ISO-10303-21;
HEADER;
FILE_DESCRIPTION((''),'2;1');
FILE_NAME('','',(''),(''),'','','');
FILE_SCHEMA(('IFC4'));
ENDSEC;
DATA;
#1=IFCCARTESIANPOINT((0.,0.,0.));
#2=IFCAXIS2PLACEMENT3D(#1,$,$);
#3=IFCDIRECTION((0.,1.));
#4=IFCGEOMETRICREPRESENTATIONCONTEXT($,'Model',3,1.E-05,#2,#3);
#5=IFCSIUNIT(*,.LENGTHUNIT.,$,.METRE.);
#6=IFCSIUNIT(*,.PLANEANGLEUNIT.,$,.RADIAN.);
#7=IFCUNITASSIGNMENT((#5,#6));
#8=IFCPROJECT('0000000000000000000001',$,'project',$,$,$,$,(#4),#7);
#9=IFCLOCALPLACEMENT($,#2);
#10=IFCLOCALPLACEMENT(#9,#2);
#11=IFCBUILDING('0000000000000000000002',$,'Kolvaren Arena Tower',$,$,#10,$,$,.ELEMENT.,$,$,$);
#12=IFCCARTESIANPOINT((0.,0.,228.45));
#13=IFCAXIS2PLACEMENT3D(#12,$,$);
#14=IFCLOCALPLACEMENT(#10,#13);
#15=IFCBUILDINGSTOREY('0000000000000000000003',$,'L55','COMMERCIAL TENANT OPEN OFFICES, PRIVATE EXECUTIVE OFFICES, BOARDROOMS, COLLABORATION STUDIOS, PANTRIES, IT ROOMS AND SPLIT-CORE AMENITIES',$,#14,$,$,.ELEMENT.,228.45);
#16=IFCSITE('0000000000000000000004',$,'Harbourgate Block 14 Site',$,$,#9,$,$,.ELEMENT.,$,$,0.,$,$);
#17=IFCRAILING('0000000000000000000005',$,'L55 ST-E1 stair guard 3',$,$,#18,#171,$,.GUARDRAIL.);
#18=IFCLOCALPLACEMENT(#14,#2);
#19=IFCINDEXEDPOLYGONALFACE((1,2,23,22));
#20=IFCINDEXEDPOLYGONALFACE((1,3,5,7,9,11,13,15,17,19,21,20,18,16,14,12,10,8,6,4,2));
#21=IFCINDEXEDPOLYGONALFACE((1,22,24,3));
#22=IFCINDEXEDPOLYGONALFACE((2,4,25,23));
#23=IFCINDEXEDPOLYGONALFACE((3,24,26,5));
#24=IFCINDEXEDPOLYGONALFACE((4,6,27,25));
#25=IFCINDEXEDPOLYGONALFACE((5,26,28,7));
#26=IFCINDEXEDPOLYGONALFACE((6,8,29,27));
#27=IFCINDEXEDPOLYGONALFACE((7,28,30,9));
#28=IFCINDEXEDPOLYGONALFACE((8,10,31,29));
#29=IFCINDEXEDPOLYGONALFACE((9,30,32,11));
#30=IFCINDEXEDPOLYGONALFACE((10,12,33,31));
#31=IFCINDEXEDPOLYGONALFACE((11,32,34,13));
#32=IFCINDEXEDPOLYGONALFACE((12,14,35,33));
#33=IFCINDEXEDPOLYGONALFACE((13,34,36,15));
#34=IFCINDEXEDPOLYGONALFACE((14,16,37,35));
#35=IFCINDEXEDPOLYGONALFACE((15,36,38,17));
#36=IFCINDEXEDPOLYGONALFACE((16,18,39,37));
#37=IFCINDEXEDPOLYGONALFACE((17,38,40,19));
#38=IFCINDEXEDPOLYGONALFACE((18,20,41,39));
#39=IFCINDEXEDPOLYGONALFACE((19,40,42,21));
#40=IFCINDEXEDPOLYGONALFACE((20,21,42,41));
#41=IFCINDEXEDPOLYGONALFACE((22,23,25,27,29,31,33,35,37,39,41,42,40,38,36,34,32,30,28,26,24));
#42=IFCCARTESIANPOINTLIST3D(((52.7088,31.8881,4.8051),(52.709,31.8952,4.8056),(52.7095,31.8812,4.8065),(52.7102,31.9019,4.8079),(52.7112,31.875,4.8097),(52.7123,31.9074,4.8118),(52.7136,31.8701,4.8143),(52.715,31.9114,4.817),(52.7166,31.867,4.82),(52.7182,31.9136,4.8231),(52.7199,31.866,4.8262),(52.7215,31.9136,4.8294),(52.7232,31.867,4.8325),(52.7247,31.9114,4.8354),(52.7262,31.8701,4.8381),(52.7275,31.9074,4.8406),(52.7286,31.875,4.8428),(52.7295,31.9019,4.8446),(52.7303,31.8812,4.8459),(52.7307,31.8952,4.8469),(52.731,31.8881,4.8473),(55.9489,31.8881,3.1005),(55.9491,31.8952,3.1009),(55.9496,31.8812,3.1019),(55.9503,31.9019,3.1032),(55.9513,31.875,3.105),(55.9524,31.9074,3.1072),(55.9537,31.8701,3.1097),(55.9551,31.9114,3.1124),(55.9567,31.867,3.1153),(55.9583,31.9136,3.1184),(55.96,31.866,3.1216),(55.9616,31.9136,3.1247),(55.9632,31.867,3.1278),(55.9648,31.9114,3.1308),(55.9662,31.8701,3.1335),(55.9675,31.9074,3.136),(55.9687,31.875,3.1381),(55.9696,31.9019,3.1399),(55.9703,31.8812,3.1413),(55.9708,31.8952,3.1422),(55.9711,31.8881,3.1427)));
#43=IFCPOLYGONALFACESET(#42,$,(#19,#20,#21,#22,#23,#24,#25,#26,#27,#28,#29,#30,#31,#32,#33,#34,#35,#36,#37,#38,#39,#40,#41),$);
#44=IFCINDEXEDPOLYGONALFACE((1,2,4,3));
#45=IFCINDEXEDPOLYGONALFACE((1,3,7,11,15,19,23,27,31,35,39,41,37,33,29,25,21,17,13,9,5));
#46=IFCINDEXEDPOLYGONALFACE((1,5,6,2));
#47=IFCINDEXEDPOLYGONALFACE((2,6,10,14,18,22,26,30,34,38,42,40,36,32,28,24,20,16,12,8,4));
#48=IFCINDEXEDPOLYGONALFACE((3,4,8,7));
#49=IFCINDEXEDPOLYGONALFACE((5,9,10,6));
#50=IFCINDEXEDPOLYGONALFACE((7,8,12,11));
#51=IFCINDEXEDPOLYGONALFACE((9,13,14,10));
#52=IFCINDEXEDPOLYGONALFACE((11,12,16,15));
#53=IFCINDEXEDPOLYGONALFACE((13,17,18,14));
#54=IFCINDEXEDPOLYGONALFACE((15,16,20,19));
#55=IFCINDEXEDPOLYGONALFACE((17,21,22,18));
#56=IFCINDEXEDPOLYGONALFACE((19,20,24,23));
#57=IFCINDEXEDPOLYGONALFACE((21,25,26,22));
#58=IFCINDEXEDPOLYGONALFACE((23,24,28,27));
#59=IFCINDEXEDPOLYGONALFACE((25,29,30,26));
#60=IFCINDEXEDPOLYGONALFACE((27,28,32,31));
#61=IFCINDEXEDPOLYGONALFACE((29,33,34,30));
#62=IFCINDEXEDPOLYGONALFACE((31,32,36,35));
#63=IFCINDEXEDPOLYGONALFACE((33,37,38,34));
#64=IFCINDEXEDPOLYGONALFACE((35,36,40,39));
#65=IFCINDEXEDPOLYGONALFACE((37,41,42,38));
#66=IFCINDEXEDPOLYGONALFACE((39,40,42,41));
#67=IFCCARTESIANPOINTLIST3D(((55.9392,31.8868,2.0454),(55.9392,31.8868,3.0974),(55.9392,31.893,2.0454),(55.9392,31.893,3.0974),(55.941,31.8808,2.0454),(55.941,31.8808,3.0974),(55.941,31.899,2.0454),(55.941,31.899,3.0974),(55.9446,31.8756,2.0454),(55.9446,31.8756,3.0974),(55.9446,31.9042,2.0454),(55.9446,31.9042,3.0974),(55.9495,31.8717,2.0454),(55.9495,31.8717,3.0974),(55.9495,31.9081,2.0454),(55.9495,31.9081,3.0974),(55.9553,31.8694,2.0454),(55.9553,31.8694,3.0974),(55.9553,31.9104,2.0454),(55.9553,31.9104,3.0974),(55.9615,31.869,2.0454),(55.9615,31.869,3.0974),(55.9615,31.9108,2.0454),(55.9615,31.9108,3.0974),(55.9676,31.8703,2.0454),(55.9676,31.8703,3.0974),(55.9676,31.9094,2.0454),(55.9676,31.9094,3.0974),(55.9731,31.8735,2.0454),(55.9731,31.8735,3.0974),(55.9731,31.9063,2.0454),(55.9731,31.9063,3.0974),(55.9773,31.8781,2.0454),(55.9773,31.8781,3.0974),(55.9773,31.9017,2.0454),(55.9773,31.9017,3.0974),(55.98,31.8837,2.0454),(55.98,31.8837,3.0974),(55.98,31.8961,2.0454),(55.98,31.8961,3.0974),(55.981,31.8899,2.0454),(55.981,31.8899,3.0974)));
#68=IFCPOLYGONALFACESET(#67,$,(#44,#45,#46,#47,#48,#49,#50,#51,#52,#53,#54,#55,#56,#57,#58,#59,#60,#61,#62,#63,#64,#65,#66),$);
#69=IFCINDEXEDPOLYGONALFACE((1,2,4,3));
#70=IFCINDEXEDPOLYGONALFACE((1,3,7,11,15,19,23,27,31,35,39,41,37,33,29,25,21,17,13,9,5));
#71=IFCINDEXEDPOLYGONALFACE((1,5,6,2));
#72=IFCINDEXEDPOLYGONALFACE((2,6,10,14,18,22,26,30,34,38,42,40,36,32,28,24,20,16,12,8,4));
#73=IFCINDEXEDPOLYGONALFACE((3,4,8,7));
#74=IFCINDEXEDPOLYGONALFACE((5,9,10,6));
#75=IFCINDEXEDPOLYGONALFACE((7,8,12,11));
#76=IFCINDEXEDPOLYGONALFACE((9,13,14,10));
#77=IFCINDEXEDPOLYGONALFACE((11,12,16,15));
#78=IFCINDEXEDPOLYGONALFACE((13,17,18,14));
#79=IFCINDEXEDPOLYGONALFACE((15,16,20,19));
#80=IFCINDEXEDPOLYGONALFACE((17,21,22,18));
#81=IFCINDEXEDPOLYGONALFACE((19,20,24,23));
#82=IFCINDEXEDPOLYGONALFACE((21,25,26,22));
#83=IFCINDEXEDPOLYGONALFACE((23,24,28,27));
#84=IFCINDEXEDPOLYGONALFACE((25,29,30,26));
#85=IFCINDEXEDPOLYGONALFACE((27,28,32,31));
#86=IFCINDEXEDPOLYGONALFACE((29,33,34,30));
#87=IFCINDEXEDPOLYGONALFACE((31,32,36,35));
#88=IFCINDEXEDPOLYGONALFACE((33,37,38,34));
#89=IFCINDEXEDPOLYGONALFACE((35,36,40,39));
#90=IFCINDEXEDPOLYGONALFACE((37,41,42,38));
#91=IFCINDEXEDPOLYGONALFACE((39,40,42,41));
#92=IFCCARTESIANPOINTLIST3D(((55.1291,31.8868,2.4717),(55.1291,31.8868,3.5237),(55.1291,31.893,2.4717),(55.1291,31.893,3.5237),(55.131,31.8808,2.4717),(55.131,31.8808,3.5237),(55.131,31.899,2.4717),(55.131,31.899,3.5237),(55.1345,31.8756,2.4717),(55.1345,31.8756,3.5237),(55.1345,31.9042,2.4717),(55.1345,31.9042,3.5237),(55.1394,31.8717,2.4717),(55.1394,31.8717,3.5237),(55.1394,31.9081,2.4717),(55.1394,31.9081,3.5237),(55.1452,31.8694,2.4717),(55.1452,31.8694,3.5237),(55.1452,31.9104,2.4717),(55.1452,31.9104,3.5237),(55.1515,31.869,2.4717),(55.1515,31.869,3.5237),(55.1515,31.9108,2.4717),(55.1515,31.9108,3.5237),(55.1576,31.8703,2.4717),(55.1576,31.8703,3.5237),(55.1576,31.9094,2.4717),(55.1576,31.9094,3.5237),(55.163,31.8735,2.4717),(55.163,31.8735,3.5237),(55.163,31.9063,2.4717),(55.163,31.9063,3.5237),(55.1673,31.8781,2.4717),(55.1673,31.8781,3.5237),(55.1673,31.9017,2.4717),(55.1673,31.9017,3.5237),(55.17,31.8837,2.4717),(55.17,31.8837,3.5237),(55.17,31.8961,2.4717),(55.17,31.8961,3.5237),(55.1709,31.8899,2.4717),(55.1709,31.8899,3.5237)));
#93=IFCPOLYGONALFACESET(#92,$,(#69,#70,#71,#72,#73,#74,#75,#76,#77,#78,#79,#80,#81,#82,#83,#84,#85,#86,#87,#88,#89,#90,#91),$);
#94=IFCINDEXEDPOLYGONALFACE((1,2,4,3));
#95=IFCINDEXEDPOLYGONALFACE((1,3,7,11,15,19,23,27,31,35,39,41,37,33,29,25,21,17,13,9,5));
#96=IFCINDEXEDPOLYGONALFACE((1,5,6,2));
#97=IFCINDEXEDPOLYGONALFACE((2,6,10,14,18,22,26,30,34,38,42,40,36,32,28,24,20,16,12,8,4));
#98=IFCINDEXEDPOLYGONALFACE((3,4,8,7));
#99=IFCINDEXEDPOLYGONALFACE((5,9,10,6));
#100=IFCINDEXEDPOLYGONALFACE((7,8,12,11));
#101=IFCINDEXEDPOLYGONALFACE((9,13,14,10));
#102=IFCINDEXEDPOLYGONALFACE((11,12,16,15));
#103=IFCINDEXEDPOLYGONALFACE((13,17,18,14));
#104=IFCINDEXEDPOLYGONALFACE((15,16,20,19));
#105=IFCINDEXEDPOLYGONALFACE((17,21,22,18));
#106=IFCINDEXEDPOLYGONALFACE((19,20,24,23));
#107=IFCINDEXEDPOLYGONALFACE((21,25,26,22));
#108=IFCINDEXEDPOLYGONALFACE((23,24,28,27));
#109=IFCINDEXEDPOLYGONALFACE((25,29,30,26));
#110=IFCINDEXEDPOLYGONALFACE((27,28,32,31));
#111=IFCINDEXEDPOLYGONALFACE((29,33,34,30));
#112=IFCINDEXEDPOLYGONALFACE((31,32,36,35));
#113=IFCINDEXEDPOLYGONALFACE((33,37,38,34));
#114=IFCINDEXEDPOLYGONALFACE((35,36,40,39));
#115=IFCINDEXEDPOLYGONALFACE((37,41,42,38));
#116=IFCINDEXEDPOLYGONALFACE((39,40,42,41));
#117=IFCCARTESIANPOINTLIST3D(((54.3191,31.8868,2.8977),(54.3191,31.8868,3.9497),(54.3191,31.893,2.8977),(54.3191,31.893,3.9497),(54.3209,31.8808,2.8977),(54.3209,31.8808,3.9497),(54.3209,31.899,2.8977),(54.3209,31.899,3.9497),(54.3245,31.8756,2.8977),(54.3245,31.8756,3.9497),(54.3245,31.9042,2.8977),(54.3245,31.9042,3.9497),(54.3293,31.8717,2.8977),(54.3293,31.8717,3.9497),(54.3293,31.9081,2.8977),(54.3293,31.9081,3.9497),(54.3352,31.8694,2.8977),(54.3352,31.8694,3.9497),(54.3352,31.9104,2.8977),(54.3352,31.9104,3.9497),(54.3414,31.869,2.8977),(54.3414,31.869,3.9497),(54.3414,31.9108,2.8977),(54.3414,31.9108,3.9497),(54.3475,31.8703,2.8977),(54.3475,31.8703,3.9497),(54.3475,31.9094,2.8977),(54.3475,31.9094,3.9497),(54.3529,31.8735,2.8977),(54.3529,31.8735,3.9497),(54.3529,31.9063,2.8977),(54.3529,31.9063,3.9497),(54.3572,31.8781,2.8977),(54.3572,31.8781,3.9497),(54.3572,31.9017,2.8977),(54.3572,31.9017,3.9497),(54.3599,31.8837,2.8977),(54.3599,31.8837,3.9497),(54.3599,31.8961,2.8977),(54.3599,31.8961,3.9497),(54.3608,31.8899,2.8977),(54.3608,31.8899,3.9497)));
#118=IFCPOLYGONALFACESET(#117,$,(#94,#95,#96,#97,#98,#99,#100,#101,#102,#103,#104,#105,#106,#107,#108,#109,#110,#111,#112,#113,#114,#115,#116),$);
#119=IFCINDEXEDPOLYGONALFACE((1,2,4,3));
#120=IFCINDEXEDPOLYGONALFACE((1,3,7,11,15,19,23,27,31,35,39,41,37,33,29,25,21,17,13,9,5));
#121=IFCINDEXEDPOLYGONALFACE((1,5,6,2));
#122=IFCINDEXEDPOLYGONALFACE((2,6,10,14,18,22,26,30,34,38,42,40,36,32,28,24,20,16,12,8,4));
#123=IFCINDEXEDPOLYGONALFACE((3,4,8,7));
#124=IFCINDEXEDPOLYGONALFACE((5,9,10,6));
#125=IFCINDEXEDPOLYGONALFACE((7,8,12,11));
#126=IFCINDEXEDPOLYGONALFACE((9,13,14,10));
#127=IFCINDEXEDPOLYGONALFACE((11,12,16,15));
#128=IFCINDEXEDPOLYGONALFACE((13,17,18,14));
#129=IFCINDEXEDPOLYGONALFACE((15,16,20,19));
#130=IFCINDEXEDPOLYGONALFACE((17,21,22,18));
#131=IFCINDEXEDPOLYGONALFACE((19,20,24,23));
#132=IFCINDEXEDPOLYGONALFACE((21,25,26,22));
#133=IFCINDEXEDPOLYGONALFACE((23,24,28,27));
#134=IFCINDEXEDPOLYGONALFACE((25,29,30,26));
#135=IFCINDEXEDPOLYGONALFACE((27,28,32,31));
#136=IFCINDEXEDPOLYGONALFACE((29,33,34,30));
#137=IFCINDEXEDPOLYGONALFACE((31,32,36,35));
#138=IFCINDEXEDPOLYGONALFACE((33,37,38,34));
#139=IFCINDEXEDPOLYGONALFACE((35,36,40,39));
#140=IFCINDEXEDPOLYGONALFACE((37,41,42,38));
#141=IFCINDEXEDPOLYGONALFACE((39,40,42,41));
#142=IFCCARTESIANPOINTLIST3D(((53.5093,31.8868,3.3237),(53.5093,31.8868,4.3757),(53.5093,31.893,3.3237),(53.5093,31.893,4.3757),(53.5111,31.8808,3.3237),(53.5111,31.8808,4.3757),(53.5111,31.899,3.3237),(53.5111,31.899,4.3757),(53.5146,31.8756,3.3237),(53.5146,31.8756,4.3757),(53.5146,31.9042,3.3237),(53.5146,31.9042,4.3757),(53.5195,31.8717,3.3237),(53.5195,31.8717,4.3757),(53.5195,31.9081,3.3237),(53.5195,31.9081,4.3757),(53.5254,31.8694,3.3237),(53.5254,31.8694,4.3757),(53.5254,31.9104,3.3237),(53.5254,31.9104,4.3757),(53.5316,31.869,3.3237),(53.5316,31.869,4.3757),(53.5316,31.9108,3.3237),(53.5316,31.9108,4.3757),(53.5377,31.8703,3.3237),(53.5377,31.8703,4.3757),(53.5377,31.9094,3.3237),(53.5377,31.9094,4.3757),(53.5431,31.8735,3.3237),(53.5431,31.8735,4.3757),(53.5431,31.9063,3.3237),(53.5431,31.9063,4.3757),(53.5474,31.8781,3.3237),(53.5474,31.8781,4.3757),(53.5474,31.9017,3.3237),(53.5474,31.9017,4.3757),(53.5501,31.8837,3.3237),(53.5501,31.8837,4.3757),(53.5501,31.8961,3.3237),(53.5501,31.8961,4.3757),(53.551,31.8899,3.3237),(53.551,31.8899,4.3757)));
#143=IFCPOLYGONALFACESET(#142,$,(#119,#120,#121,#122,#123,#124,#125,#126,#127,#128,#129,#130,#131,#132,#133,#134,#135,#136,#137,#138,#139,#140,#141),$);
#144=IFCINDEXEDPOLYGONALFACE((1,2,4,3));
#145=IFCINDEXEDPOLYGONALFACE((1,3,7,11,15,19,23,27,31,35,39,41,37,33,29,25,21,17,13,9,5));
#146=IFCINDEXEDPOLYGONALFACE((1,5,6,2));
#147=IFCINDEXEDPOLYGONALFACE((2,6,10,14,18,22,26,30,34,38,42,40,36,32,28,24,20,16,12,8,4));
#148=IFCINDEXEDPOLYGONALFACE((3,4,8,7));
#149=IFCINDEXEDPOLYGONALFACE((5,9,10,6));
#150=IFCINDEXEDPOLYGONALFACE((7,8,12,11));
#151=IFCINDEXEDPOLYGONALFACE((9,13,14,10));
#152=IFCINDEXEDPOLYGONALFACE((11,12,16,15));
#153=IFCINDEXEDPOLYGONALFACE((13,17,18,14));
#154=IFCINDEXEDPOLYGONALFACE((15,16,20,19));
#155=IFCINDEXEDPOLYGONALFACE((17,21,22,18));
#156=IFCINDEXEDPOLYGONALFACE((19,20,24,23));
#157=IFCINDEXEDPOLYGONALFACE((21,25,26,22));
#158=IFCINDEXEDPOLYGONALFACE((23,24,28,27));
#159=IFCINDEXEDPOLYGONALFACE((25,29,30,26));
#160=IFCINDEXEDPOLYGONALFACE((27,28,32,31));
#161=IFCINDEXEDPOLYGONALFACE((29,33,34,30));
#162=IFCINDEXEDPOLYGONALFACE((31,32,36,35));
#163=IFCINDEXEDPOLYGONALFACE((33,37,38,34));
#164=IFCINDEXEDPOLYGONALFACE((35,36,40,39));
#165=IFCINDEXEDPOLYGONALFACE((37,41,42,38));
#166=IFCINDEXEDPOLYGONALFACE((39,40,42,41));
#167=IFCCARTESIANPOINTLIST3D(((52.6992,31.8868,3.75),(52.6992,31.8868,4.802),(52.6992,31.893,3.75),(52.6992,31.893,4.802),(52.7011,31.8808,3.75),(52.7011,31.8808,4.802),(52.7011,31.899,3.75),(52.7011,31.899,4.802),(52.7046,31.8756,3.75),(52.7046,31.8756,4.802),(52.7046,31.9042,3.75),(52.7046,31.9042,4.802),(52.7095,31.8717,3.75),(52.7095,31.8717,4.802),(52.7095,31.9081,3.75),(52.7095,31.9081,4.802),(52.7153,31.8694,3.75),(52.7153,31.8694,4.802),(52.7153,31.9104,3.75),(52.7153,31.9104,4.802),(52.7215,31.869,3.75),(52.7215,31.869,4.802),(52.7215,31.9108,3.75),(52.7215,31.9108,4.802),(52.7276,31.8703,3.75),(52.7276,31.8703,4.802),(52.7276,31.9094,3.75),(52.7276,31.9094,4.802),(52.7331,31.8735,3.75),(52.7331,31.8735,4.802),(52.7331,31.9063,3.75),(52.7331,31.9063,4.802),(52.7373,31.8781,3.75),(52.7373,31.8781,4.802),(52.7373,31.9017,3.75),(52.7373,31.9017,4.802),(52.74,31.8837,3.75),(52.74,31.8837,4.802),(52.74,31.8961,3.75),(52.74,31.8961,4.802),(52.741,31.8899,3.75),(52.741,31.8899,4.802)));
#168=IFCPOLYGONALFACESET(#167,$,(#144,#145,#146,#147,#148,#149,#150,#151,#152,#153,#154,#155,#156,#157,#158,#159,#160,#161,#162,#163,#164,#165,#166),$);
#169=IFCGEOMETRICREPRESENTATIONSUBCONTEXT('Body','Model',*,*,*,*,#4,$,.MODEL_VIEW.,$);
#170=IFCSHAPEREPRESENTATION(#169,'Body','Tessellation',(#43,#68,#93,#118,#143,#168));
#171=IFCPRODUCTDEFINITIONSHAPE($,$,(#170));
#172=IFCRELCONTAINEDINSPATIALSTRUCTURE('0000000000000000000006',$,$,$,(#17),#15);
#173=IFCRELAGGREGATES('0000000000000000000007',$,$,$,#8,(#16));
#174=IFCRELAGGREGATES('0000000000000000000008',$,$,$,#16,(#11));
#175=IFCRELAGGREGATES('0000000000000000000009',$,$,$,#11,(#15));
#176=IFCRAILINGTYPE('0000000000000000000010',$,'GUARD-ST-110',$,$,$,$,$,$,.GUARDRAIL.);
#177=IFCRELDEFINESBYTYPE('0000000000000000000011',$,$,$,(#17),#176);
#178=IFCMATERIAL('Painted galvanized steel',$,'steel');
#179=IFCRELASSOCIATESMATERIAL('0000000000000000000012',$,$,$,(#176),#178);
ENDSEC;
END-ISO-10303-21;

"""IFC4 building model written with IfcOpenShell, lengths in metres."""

from ifc_helpers import new_model, si_unit, direction, frame, origin, origin_2d, place, context, subcontext, project, spatial, circle, extrude, material, type_object, element, save


model = new_model("IFC4")

# Units and contexts
model_context = context("Model", 3, precision=1e-05, world=origin(), true_north=direction((0.0, 1.0)))
body_context = subcontext(model_context, "Body", "Model", "MODEL_VIEW")
ifc_project = project(units=[si_unit("LENGTHUNIT", "METRE"), si_unit("PLANEANGLEUNIT", "RADIAN")], contexts=[model_context])

# Site, building, storey
site_placement = place(None, origin())
site = spatial("IfcSite", under=ifc_project, at=site_placement, Name="Harbourgate Block 14 Site", CompositionType="ELEMENT", RefElevation=0.0)
building_placement = place(site_placement, origin())
building = spatial("IfcBuilding", under=site, at=building_placement, Name="Kolvaren Arena Tower", CompositionType="ELEMENT")
storey_placement = place(building_placement, frame((0.0, 0.0, 228.45)))
storey = spatial("IfcBuildingStorey", under=building, at=storey_placement, Name="L55", Description="COMMERCIAL TENANT OPEN OFFICES, PRIVATE EXECUTIVE OFFICES, BOARDROOMS, COLLABORATION STUDIOS, PANTRIES, IT ROOMS AND SPLIT-CORE AMENITIES", CompositionType="ELEMENT", Elevation=228.45)

# Railing
ifc_material_1 = material(Name="Painted galvanized steel", Category="steel")
railing_type_1 = type_object("IfcRailingType", Name="GUARD-ST-110", PredefinedType="GUARDRAIL", material=ifc_material_1)
railing_1_placement = place(storey_placement, frame((55.96, 31.8899, 2.0454)))
element("IfcRailing", 1, at=railing_1_placement, inside=storey, type_object=railing_type_1, Name="L55 ST-E1 stair guard 3", PredefinedType="GUARDRAIL", context=body_context, shape_type="SweptSolid", body=[
    extrude(circle(Radius=0.0239, at=origin_2d()), frame((0.0, 0.0, 1.0762), z_axis=(-0.884993, 0.0, 0.465604), x_axis=(0.0, -1.0, 0.0)), (0.0, 0.0, 1.0), 3.6611),
    extrude(circle(Radius=0.021, at=origin_2d()), origin(), (0.0, 0.0, 1.0), 1.052),
    extrude(circle(Radius=0.021, at=origin_2d()), frame((-0.8101, 0.0, 0.4263)), (0.0, 0.0, 1.0), 1.052),
    extrude(circle(Radius=0.021, at=origin_2d()), frame((-1.6201, 0.0, 0.8523)), (0.0, 0.0, 1.0), 1.052),
    extrude(circle(Radius=0.021, at=origin_2d()), frame((-2.4299, 0.0, 1.2783)), (0.0, 0.0, 1.0), 1.052),
    extrude(circle(Radius=0.021, at=origin_2d()), frame((-3.24, 0.0, 1.7046)), (0.0, 0.0, 1.0), 1.052),
])

save(model, "model.ifc")
